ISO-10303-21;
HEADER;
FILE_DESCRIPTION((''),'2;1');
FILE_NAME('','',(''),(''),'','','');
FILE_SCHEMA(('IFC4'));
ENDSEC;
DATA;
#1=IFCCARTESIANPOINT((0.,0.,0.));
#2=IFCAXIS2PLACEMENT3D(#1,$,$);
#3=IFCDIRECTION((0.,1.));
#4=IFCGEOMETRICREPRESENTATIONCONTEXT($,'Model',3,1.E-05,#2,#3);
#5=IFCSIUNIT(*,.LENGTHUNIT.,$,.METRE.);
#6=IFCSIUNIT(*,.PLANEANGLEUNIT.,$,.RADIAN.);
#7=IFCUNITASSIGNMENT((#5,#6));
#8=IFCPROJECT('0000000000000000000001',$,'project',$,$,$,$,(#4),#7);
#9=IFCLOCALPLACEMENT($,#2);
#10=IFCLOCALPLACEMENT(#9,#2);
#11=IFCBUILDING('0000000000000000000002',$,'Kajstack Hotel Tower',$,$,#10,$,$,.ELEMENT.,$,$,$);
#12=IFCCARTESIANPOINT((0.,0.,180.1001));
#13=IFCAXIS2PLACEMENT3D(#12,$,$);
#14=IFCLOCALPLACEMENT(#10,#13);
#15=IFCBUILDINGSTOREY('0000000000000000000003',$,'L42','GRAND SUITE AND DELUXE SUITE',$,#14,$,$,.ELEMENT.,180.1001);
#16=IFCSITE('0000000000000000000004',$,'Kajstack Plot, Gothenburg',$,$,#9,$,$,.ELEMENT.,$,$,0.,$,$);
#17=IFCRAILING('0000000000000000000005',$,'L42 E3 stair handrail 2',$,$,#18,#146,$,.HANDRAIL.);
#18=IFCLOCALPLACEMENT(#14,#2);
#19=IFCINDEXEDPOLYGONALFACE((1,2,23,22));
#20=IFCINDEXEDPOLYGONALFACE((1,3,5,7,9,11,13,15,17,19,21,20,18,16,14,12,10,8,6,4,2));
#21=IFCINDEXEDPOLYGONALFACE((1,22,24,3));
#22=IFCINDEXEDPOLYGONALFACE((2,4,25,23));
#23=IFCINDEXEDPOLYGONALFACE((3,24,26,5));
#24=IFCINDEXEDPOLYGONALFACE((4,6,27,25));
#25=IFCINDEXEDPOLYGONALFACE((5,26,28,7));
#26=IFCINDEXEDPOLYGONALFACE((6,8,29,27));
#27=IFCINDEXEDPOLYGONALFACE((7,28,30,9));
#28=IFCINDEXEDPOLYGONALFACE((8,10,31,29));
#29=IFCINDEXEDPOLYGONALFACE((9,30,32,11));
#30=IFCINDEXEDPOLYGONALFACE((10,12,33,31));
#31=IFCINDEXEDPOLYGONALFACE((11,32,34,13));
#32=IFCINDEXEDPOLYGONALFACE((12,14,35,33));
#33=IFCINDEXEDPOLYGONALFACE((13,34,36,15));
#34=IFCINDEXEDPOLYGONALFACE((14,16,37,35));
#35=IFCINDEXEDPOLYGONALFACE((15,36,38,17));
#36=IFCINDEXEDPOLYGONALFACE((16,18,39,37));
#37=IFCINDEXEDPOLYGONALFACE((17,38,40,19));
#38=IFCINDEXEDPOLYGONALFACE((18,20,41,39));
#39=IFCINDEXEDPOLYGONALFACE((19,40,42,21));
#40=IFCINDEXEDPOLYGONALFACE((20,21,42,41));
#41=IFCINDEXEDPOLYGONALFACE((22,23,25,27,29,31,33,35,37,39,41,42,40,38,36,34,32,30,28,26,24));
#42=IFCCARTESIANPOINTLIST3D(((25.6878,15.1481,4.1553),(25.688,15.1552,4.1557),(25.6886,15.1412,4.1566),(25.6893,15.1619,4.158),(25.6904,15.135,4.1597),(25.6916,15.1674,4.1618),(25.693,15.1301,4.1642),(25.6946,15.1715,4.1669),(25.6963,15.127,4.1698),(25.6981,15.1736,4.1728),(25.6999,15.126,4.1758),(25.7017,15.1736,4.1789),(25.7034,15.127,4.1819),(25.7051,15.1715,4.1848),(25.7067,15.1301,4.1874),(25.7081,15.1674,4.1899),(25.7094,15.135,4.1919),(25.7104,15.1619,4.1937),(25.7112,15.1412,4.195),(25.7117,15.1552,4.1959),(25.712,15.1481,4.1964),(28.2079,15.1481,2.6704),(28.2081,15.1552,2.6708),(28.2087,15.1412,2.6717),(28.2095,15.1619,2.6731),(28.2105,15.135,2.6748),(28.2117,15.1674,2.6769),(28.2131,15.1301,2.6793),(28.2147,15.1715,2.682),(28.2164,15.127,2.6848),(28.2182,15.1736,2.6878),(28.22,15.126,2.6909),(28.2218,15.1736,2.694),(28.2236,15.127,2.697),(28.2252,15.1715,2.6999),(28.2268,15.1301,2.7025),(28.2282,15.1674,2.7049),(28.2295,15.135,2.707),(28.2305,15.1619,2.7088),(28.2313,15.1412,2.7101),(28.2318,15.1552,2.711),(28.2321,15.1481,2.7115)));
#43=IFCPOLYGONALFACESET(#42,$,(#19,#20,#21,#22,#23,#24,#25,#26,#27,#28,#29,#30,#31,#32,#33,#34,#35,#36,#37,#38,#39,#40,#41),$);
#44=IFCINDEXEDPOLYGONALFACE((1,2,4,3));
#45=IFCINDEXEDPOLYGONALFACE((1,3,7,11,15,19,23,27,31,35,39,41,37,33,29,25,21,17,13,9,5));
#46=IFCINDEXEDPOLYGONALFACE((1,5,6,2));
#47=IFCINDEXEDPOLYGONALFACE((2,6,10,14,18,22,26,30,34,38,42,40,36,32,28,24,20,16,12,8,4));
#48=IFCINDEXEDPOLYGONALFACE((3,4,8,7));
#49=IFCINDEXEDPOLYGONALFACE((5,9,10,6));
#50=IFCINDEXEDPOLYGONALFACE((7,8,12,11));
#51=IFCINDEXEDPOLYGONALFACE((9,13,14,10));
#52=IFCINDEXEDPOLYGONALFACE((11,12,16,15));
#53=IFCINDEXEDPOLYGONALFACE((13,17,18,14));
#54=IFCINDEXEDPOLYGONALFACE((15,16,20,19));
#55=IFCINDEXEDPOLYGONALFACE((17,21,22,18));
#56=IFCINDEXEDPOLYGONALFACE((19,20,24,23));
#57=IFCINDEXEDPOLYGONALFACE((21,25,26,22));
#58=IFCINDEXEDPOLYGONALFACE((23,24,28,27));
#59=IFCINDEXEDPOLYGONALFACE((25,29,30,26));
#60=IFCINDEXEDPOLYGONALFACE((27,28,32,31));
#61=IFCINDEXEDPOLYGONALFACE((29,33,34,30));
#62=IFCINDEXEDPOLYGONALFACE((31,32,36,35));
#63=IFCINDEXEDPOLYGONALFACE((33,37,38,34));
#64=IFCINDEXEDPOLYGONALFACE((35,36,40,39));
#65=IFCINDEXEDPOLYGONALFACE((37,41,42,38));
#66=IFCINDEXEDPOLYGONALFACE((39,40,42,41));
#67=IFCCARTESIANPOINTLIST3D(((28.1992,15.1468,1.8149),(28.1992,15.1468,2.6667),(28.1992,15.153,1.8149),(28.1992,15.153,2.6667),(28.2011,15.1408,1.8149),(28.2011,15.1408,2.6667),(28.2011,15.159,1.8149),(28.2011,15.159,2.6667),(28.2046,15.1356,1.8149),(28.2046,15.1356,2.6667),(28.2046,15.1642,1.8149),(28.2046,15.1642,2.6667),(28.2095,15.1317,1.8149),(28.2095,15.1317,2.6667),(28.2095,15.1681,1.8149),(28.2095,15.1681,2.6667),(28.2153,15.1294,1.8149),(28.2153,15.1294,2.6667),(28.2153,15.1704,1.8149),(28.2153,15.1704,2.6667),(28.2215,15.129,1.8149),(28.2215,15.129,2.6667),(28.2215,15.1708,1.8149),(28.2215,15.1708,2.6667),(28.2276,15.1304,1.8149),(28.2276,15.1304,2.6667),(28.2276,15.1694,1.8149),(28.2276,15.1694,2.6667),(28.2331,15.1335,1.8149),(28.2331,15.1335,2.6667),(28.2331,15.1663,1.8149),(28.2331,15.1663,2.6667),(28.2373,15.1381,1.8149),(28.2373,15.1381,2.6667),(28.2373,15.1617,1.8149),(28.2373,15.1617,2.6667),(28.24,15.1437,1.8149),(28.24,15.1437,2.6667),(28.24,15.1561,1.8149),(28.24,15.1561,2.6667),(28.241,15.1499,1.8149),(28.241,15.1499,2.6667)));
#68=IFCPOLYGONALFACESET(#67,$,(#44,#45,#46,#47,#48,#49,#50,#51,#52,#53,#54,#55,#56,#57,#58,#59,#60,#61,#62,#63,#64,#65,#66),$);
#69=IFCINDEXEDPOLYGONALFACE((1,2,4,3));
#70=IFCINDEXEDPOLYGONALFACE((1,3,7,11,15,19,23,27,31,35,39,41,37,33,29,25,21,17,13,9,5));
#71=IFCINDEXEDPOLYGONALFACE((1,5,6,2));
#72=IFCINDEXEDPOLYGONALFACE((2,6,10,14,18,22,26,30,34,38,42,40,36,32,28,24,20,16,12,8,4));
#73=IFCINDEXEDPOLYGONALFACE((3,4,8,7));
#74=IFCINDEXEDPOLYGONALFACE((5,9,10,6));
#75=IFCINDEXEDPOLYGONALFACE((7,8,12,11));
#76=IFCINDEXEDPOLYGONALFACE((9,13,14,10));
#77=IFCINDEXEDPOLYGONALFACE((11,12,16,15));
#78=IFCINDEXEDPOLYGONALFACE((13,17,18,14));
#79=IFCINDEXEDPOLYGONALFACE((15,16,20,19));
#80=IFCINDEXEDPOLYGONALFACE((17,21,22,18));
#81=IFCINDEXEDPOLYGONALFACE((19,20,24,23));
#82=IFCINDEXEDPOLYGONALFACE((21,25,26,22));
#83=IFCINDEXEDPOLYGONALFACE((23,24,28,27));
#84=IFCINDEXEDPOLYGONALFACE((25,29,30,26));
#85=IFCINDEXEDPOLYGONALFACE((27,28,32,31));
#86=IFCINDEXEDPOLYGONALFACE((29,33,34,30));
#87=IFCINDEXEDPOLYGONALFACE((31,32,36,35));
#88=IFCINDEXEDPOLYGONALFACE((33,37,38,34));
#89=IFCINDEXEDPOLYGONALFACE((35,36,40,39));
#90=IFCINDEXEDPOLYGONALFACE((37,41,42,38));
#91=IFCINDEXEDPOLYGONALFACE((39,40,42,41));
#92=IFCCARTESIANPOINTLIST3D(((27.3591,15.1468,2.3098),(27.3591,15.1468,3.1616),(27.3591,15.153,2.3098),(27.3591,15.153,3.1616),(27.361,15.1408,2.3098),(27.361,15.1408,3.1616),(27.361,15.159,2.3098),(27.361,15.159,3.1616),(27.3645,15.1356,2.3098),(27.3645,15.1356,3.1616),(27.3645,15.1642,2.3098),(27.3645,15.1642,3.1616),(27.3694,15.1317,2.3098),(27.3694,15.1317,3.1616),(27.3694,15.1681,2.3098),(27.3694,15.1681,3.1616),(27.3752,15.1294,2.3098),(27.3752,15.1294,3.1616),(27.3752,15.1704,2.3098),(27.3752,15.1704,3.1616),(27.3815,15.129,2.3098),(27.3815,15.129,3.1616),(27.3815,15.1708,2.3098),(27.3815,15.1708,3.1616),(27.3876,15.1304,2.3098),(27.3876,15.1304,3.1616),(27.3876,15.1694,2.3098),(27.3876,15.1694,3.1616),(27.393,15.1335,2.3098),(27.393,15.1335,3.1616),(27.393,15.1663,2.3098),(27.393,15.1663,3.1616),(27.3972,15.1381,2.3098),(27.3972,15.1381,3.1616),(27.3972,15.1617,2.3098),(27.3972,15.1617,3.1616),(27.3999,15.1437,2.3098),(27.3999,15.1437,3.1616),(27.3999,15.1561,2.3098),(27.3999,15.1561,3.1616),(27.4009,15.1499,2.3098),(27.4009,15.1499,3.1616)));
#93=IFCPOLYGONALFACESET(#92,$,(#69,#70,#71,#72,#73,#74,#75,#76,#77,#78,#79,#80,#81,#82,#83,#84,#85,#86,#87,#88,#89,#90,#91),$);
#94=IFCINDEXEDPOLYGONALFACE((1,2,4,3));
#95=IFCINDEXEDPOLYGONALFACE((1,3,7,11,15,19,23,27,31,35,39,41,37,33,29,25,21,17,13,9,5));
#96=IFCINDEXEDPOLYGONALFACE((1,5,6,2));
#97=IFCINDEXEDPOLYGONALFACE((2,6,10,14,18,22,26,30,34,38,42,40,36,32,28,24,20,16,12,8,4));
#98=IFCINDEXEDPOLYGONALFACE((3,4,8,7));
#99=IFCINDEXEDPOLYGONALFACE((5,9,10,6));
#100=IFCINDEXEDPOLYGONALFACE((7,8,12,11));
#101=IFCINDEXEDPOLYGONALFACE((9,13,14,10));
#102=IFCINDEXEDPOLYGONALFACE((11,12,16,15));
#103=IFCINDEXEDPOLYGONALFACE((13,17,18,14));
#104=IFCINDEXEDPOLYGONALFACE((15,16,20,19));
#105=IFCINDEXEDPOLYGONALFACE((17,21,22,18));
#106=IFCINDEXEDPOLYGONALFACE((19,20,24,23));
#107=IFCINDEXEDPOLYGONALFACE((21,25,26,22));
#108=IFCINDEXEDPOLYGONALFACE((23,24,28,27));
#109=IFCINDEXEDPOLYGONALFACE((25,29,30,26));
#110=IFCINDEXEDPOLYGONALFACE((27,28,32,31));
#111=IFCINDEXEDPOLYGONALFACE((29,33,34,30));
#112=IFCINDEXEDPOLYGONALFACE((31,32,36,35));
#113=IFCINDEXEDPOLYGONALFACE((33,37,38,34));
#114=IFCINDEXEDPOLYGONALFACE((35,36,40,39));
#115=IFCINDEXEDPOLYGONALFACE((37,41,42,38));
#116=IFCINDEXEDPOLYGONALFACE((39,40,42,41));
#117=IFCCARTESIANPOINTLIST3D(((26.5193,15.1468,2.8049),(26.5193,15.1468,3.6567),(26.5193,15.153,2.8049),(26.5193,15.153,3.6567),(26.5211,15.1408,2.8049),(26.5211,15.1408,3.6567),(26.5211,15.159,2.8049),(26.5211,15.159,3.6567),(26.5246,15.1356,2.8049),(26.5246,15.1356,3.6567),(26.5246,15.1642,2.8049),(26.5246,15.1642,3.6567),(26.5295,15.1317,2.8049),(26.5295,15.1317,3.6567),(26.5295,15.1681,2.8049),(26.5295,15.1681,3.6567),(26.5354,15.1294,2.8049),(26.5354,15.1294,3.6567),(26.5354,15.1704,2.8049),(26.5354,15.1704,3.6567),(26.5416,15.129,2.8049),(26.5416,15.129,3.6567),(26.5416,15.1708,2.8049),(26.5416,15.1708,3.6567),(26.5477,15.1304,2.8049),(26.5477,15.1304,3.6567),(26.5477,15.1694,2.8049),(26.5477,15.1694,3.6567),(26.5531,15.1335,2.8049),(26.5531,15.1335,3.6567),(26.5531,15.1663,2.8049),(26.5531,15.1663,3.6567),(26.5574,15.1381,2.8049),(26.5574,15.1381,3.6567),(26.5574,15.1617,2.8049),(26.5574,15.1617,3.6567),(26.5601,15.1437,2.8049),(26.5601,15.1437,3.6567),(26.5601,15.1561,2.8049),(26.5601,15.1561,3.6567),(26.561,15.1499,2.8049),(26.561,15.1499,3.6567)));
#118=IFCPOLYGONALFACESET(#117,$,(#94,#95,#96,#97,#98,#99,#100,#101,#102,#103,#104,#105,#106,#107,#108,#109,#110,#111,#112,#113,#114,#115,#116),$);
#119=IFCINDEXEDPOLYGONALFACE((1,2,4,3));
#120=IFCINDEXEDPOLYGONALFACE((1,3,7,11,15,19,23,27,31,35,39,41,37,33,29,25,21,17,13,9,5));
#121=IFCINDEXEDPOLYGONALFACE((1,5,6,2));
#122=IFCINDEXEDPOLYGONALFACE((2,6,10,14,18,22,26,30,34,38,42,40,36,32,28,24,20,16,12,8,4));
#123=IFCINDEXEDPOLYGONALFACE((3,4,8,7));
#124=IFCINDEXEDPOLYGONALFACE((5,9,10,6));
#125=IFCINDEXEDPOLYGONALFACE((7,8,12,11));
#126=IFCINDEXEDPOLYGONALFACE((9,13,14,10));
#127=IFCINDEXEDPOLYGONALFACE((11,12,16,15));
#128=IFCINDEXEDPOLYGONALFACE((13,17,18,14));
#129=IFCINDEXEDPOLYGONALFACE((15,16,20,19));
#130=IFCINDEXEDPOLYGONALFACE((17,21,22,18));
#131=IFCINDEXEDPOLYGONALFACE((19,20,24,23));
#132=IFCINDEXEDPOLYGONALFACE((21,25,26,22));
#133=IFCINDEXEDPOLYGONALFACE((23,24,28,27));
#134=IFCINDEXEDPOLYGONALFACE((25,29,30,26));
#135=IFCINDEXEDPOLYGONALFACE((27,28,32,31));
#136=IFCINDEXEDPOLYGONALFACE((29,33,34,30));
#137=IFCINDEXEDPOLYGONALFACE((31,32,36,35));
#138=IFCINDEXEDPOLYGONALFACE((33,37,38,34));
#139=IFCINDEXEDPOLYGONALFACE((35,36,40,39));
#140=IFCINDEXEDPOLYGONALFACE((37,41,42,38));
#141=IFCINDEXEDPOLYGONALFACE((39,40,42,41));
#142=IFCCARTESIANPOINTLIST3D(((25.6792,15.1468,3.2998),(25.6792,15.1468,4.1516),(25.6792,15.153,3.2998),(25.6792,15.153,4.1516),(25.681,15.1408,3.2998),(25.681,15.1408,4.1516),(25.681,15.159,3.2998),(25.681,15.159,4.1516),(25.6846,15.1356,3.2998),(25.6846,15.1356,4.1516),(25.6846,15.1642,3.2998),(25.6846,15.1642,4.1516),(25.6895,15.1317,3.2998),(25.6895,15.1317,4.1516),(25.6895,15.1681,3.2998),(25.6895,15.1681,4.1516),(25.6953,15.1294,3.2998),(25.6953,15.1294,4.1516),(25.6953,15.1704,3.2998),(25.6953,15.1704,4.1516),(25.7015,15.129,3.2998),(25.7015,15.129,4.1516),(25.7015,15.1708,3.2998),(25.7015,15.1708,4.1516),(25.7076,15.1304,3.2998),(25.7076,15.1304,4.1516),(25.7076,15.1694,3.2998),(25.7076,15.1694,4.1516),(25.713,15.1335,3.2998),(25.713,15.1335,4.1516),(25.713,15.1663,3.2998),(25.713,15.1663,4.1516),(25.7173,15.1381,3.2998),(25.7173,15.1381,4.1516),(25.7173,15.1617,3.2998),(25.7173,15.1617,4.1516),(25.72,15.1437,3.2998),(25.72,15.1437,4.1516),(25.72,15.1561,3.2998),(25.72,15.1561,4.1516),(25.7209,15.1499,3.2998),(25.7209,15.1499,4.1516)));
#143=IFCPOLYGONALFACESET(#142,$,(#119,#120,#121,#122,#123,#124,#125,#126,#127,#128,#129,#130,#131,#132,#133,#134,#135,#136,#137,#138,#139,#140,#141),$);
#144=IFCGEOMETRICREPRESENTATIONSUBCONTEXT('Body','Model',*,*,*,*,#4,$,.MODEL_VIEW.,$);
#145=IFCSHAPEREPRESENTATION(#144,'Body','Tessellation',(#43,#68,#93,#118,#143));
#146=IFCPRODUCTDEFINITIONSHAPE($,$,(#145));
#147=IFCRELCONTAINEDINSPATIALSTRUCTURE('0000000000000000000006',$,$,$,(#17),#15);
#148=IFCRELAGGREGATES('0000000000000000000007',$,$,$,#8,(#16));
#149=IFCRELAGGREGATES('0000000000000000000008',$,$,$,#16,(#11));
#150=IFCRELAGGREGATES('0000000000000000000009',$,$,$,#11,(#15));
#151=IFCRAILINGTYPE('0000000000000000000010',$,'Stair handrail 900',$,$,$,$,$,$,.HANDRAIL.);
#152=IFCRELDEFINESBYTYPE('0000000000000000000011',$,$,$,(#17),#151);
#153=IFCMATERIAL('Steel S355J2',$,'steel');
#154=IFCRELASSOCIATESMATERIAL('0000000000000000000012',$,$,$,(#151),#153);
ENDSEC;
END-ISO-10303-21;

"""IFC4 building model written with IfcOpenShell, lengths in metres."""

from ifc_helpers import new_model, si_unit, direction, frame, origin, origin_2d, place, context, subcontext, project, spatial, circle, extrude, material, type_object, element, save


model = new_model("IFC4")

# Units and contexts
model_context = context("Model", 3, precision=1e-05, world=origin(), true_north=direction((0.0, 1.0)))
body_context = subcontext(model_context, "Body", "Model", "MODEL_VIEW")
ifc_project = project(units=[si_unit("LENGTHUNIT", "METRE"), si_unit("PLANEANGLEUNIT", "RADIAN")], contexts=[model_context])

# Site, building, storey
site_placement = place(None, origin())
site = spatial("IfcSite", under=ifc_project, at=site_placement, Name="Kajstack Plot, Gothenburg", CompositionType="ELEMENT", RefElevation=0.0)
building_placement = place(site_placement, origin())
building = spatial("IfcBuilding", under=site, at=building_placement, Name="Kajstack Hotel Tower", CompositionType="ELEMENT")
storey_placement = place(building_placement, frame((0.0, 0.0, 180.1001)))
storey = spatial("IfcBuildingStorey", under=building, at=storey_placement, Name="L42", Description="GRAND SUITE AND DELUXE SUITE", CompositionType="ELEMENT", Elevation=180.1001)

# Railing
ifc_material_1 = material(Name="Steel S355J2", Category="steel")
railing_type_1 = type_object("IfcRailingType", Name="Stair handrail 900", PredefinedType="HANDRAIL", material=ifc_material_1)
railing_1_placement = place(storey_placement, frame((28.22, 15.1499, 1.8149)))
element("IfcRailing", 1, at=railing_1_placement, inside=storey, type_object=railing_type_1, Name="L42 E3 stair handrail 2", PredefinedType="HANDRAIL", context=body_context, shape_type="SweptSolid", body=[
    extrude(circle(Radius=0.0239, at=origin_2d()), frame((0.0, 0.0, 0.876), z_axis=(-0.861561, 0.0, 0.507655), x_axis=(0.0, -1.0, 0.0)), (0.0, 0.0, 1.0), 2.925),
    extrude(circle(Radius=0.021, at=origin_2d()), origin(), (0.0, 0.0, 1.0), 0.8518),
    extrude(circle(Radius=0.021, at=origin_2d()), frame((-0.8401, 0.0, 0.4949)), (0.0, 0.0, 1.0), 0.8518),
    extrude(circle(Radius=0.021, at=origin_2d()), frame((-1.6799, 0.0, 0.99)), (0.0, 0.0, 1.0), 0.8518),
    extrude(circle(Radius=0.021, at=origin_2d()), frame((-2.52, 0.0, 1.4849)), (0.0, 0.0, 1.0), 0.8518),
])

save(model, "model.ifc")
